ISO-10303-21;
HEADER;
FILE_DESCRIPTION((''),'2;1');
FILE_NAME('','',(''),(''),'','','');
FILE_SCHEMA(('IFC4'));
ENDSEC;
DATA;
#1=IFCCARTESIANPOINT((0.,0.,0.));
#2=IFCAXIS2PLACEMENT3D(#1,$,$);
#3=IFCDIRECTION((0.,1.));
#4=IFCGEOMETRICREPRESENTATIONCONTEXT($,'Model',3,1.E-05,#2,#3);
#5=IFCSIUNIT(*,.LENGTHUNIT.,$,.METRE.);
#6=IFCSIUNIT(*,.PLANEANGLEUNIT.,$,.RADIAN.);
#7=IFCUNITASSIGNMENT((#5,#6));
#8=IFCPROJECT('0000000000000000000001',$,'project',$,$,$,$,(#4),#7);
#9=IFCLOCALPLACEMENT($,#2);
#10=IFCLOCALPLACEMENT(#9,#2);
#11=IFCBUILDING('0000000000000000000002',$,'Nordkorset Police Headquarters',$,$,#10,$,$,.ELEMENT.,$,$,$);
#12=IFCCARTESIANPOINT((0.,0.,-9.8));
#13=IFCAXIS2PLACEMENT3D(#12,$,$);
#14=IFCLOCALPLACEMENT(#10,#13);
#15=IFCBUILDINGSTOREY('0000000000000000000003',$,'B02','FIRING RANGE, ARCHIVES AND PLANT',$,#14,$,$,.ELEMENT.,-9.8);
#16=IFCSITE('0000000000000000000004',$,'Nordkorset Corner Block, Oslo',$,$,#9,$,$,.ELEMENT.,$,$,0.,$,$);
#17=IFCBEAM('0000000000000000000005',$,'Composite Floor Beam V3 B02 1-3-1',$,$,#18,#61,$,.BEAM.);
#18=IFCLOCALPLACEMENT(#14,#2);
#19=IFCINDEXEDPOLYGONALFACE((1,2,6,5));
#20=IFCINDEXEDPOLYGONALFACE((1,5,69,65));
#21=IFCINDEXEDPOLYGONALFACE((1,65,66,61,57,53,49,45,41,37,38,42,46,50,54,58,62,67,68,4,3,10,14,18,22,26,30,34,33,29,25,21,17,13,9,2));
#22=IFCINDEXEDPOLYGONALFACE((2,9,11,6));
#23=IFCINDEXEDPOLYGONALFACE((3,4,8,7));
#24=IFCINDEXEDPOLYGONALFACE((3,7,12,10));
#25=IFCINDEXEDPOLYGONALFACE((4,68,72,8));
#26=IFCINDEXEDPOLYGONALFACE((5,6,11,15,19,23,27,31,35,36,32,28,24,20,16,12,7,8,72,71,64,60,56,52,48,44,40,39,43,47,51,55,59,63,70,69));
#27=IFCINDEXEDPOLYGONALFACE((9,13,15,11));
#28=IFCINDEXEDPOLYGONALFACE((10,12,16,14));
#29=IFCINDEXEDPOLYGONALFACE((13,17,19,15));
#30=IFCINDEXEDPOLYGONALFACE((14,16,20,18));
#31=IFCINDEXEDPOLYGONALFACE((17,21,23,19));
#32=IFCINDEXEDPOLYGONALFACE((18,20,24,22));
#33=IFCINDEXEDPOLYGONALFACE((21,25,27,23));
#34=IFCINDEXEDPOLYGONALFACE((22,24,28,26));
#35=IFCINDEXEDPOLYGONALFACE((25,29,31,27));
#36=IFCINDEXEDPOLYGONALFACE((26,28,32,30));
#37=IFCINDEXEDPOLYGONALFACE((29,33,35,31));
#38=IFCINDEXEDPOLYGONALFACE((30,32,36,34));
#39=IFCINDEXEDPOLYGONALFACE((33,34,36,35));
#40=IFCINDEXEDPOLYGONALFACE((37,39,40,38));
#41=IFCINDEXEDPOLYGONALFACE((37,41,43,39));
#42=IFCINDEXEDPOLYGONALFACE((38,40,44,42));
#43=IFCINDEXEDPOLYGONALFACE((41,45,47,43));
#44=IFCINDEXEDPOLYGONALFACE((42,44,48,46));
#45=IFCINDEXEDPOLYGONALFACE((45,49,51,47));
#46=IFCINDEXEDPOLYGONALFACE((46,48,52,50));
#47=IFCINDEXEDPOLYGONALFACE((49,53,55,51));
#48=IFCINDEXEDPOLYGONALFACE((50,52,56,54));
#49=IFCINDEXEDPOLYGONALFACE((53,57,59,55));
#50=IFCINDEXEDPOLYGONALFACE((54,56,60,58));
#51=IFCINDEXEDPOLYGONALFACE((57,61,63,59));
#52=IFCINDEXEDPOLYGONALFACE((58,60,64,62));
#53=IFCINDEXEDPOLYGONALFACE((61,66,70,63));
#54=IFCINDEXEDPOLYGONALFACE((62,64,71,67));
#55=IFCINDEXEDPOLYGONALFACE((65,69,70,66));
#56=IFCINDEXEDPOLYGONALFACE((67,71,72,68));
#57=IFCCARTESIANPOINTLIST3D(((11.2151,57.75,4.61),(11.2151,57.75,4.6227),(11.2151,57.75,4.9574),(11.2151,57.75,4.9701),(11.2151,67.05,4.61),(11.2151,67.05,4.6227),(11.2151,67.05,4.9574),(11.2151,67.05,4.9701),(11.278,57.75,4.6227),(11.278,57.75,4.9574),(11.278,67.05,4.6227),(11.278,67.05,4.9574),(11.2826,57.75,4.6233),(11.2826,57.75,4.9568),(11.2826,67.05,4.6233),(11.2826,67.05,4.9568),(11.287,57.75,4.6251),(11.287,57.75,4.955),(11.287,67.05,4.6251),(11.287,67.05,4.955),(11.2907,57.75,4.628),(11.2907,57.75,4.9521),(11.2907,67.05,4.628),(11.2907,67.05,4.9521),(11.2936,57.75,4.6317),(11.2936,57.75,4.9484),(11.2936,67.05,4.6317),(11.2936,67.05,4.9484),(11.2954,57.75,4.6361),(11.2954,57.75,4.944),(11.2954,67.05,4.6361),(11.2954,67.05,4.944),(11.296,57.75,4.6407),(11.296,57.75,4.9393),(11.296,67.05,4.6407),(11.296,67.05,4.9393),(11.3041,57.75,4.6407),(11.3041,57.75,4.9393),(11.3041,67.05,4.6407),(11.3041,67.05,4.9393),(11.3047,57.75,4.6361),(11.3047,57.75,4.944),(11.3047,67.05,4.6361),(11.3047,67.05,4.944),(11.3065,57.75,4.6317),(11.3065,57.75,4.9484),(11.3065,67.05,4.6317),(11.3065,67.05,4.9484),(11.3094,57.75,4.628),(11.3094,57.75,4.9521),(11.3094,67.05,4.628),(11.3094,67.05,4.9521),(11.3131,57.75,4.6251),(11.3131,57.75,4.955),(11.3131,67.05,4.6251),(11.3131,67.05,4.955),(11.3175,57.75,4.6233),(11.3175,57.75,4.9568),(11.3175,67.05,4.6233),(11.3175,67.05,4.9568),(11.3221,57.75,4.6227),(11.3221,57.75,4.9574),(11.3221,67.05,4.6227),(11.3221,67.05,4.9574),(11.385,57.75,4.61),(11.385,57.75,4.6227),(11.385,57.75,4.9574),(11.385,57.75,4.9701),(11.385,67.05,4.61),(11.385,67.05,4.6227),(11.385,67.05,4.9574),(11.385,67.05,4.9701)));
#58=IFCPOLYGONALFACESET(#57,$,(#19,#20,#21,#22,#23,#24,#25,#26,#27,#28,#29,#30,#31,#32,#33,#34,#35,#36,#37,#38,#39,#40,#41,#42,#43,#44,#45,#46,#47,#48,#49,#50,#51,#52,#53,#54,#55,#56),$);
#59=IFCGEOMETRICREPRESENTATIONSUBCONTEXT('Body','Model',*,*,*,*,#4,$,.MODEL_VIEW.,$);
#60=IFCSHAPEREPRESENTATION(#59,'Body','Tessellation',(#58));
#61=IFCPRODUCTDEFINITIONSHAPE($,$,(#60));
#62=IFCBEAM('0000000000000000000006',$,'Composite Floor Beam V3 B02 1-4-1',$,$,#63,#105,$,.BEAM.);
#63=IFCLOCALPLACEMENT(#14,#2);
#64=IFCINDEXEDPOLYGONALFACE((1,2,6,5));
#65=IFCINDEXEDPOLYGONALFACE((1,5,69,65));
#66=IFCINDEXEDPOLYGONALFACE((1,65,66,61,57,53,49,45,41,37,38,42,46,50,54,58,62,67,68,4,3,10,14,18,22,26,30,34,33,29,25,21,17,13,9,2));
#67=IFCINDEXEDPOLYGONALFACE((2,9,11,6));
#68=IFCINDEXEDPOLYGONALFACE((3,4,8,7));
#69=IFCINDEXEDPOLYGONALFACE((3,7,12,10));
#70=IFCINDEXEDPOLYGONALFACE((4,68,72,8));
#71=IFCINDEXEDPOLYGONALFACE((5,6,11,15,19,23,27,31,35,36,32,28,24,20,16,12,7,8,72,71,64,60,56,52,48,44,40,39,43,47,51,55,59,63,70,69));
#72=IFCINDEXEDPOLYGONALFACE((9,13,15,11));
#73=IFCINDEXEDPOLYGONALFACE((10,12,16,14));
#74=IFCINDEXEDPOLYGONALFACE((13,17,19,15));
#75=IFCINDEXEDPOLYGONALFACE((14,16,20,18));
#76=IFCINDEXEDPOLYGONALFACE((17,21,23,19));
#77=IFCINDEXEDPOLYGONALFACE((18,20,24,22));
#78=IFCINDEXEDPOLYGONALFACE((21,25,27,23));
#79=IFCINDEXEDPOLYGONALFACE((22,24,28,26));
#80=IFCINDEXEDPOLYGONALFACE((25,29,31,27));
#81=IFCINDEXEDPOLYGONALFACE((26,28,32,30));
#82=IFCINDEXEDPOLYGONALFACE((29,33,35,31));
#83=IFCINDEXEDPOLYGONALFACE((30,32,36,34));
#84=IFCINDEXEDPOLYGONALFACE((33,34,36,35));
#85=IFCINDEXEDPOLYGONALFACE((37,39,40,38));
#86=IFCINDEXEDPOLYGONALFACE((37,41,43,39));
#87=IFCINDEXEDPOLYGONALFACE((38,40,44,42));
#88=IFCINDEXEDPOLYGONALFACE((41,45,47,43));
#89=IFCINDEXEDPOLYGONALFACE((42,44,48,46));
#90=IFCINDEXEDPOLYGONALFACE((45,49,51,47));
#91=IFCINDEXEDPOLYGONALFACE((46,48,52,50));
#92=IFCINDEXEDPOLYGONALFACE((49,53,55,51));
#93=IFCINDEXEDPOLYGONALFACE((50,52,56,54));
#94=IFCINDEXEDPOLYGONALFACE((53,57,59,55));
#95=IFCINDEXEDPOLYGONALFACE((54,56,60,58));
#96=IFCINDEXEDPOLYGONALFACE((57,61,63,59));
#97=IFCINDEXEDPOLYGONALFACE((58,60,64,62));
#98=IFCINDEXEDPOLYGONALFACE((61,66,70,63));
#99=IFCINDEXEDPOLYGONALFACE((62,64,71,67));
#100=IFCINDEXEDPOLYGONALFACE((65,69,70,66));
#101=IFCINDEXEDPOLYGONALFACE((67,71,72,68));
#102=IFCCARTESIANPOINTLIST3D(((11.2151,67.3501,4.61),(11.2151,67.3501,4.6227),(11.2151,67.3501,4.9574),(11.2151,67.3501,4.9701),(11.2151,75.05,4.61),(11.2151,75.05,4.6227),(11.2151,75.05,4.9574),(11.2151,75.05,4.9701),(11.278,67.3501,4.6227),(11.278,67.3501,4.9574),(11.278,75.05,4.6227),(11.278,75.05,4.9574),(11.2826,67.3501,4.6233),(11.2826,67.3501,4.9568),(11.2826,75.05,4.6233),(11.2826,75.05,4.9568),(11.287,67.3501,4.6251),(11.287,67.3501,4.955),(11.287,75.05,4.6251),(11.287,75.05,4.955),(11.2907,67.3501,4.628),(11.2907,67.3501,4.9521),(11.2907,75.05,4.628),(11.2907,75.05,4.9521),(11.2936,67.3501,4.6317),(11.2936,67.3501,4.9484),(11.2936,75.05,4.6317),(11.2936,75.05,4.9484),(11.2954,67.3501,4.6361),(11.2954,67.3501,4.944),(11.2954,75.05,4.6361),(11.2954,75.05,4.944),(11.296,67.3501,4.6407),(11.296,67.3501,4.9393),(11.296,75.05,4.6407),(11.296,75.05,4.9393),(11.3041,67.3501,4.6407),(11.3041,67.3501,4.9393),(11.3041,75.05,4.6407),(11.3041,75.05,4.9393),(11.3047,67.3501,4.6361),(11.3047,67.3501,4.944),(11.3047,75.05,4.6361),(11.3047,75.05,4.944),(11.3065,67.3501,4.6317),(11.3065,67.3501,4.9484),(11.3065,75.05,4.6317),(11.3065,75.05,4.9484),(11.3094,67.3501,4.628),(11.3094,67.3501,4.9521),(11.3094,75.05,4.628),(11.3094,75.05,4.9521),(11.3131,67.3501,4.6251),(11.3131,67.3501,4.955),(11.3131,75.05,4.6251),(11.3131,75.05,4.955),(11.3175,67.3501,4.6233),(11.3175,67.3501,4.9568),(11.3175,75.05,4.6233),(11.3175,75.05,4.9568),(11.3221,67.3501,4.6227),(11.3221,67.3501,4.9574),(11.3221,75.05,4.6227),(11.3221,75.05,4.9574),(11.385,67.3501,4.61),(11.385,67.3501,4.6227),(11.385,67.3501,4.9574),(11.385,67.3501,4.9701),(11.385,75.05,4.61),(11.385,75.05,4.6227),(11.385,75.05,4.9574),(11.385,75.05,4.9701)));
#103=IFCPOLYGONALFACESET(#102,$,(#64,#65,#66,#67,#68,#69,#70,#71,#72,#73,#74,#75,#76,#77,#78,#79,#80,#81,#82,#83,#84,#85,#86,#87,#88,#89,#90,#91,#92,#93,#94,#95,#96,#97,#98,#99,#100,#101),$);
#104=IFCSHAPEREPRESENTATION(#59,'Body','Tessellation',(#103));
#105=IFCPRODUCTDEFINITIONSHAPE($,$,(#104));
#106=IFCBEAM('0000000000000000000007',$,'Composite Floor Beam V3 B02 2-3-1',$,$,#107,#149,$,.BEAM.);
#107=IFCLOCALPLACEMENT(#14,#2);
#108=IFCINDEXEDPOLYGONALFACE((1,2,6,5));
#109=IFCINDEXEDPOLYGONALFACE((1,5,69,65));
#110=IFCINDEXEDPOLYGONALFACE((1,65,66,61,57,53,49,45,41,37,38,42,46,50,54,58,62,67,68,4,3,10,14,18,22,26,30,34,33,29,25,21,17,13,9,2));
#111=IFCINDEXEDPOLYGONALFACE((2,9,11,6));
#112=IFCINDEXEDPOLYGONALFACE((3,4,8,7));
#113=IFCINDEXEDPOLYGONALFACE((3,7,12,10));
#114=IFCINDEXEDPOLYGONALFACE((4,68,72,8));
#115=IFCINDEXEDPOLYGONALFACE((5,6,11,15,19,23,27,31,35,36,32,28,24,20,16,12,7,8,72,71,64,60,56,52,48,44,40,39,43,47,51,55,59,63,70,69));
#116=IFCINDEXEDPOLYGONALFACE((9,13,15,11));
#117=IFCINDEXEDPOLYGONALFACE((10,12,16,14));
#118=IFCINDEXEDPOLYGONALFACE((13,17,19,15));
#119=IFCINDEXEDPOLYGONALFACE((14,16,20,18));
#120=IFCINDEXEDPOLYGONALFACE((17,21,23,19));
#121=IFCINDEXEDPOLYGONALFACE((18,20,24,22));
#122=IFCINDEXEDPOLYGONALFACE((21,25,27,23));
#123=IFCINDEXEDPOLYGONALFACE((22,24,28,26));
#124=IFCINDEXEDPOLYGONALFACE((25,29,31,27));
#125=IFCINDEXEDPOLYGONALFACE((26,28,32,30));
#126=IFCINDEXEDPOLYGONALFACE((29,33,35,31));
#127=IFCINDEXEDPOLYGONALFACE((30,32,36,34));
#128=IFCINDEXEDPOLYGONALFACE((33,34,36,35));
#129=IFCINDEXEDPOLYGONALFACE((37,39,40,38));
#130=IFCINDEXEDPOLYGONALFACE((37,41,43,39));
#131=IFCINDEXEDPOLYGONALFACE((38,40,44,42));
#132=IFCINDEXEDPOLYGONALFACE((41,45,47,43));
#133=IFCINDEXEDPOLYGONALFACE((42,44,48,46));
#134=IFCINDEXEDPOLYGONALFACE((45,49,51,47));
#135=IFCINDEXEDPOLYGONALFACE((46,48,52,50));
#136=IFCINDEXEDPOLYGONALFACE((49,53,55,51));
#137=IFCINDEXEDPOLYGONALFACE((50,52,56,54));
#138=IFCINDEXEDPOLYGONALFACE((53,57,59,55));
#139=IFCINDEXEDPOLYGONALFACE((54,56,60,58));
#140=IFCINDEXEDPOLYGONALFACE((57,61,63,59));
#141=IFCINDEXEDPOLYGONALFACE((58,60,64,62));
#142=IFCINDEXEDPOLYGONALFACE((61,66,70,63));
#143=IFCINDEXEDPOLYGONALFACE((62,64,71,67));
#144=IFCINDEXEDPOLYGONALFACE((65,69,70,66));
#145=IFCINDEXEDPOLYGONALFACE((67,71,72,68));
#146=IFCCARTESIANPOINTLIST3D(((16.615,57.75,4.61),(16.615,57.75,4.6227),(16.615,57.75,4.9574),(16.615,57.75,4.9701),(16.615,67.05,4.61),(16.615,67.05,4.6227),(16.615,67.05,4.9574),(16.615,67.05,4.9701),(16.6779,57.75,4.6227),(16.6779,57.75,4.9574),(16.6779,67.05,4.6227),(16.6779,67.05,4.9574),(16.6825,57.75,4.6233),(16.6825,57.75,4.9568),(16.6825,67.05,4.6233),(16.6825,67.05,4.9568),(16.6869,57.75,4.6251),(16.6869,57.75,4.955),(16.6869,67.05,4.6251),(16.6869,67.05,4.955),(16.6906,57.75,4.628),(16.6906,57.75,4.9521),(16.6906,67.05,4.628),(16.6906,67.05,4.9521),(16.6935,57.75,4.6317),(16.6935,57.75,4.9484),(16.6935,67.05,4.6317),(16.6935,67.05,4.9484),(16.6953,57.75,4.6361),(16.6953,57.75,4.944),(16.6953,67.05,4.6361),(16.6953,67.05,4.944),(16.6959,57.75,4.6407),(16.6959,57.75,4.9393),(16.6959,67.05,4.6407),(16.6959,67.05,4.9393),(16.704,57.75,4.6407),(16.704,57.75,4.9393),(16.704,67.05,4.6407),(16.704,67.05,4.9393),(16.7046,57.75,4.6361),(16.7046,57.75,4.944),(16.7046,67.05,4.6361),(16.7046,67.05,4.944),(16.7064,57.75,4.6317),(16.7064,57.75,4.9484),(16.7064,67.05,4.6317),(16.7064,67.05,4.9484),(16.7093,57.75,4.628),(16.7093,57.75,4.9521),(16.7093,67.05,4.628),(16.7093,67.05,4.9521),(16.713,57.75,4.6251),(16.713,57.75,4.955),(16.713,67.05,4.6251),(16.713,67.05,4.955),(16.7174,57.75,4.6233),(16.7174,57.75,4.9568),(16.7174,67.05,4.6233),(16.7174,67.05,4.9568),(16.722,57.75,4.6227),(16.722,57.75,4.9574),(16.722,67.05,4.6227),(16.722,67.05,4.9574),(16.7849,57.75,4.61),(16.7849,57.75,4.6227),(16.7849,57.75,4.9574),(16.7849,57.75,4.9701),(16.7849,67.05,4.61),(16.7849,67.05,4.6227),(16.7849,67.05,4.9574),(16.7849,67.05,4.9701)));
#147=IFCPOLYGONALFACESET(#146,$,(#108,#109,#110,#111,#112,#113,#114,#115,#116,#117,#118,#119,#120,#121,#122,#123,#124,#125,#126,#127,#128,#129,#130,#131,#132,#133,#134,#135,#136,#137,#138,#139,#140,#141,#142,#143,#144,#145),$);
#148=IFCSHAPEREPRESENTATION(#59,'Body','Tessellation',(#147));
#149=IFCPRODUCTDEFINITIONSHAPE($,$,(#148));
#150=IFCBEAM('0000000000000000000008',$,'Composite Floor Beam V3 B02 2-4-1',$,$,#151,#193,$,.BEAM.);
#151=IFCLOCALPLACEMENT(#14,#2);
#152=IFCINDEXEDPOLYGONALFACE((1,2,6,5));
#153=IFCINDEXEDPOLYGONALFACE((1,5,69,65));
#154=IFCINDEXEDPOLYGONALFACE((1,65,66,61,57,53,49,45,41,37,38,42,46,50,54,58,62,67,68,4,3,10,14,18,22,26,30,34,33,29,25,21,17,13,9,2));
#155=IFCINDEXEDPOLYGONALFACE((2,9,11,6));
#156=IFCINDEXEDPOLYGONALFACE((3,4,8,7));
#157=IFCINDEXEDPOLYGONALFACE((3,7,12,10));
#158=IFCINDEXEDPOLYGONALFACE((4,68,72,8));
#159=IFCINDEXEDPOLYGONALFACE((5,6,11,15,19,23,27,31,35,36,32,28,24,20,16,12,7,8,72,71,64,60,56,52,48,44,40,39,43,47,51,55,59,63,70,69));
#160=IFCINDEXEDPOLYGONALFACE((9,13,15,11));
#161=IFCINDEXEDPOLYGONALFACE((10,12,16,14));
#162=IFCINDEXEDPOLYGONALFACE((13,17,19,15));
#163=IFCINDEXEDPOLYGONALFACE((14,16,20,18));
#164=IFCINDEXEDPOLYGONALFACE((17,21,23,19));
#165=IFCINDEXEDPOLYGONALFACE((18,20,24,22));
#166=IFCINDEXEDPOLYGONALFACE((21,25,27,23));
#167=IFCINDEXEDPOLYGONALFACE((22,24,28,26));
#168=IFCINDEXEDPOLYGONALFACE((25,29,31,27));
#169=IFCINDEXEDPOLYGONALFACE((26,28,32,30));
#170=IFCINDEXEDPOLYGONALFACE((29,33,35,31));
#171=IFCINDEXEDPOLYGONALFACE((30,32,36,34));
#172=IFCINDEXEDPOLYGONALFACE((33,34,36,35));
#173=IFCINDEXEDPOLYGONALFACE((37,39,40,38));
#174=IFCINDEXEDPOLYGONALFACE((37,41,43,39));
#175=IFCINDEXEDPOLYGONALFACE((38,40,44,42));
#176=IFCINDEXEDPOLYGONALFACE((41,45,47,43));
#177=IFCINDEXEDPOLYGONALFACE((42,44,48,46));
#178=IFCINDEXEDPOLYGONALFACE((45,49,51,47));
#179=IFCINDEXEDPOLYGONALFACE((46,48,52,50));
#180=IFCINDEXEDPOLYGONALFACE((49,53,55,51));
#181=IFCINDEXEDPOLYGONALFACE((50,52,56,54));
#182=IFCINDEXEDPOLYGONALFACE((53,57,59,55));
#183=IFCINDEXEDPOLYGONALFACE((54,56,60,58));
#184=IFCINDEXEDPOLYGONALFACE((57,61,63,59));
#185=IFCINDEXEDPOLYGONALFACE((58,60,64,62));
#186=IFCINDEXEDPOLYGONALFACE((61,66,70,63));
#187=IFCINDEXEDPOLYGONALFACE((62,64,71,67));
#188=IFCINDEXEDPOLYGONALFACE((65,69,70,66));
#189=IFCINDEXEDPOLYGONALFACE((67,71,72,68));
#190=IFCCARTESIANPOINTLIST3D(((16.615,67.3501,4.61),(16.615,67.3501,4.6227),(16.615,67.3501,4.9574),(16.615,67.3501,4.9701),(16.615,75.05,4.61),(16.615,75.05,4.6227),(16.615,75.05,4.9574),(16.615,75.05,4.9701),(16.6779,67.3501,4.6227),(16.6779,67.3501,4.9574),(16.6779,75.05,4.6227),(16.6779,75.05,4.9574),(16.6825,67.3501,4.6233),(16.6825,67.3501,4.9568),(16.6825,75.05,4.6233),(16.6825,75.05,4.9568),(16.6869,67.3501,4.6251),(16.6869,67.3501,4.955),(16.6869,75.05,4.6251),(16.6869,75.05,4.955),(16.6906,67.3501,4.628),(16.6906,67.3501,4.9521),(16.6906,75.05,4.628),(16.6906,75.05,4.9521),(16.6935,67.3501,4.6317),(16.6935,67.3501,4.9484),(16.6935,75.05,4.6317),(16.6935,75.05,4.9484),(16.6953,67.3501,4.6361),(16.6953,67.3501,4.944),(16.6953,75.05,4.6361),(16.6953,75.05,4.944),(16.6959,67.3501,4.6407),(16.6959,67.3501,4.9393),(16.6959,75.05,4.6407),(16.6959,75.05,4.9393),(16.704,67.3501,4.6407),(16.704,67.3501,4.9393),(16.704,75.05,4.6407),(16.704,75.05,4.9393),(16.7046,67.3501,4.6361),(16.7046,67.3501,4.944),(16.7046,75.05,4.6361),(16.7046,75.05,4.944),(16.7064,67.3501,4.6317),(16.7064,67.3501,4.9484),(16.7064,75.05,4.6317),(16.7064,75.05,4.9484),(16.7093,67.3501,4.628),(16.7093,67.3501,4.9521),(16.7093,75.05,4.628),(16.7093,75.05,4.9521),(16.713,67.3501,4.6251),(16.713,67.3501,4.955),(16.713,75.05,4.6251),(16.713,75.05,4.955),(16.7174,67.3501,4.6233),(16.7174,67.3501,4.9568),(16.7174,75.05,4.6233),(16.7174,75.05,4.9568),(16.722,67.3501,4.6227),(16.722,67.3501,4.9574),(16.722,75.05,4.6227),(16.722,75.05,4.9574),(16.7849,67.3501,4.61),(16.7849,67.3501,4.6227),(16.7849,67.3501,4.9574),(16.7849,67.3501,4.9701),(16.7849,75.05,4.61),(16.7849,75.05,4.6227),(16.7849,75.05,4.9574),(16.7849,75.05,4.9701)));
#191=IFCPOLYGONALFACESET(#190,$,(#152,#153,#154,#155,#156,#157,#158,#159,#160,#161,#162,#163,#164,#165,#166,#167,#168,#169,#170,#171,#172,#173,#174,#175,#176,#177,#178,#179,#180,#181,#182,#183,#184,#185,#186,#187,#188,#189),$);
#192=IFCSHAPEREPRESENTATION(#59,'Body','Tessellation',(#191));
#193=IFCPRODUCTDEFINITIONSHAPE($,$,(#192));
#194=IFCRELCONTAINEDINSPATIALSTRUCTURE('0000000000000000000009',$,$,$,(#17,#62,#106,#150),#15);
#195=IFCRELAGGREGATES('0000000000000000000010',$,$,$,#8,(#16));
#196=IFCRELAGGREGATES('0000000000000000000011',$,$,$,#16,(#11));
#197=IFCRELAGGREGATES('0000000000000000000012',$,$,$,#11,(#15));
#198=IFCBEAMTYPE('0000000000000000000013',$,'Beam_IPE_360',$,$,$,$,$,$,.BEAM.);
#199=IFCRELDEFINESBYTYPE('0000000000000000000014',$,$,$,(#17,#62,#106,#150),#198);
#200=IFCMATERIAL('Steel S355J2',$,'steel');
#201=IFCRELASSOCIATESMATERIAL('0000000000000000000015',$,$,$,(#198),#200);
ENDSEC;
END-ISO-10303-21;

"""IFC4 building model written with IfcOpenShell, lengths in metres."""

from ifc_helpers import new_model, si_unit, direction, frame, origin, origin_2d, place, context, subcontext, project, spatial, i_section, extrude, material, material_profile, profile_set, type_object, element, save


model = new_model("IFC4")

# Units and contexts
model_context = context("Model", 3, precision=1e-05, world=origin(), true_north=direction((0.0, 1.0)))
body_context = subcontext(model_context, "Body", "Model", "MODEL_VIEW")
ifc_project = project(units=[si_unit("LENGTHUNIT", "METRE"), si_unit("PLANEANGLEUNIT", "RADIAN")], contexts=[model_context])

# Site, building, storey
site_placement = place(None, origin())
site = spatial("IfcSite", under=ifc_project, at=site_placement, Name="Nordkorset Corner Block, Oslo", CompositionType="ELEMENT", RefElevation=0.0)
building_placement = place(site_placement, origin())
building = spatial("IfcBuilding", under=site, at=building_placement, Name="Nordkorset Police Headquarters", CompositionType="ELEMENT")
storey_placement = place(building_placement, frame((0.0, 0.0, -9.8)))
storey = spatial("IfcBuildingStorey", under=building, at=storey_placement, Name="B02", Description="FIRING RANGE, ARCHIVES AND PLANT", CompositionType="ELEMENT", Elevation=-9.8)

# Beams
ifc_material_1 = material(Name="Steel S355J2", Category="steel")
ifc_material_profile_1 = material_profile(ifc_material_1, i_section(OverallWidth=0.1699, OverallDepth=0.3601, WebThickness=0.0081, FlangeThickness=0.0127, FilletRadius=0.0181, at=origin_2d()), Name="IPE 360")
ifc_profile_set_1 = profile_set([ifc_material_profile_1], Name="Steel S355J2")
beam_type_1 = type_object("IfcBeamType", Name="Beam_IPE_360", PredefinedType="BEAM", material=ifc_profile_set_1)
beam_1_placement = place(storey_placement, frame((11.3, 57.75, 4.79), z_axis=(0.0, 1.0, 0.0), x_axis=(-1.0, 0.0, 0.0)))
element("IfcBeam", 1, at=beam_1_placement, inside=storey, type_object=beam_type_1, Name="Composite Floor Beam V3 B02 1-3-1", PredefinedType="BEAM", context=body_context, shape_type="SweptSolid", body=[
    extrude(i_section(OverallWidth=0.1699, OverallDepth=0.3601, WebThickness=0.0081, FlangeThickness=0.0127, FilletRadius=0.0181, at=origin_2d()), origin(), (0.0, 0.0, 1.0), 9.3),
])
beam_2_placement = place(storey_placement, frame((11.3, 67.3501, 4.79), z_axis=(0.0, 1.0, 0.0), x_axis=(-1.0, 0.0, 0.0)))
element("IfcBeam", 2, at=beam_2_placement, inside=storey, type_object=beam_type_1, Name="Composite Floor Beam V3 B02 1-4-1", PredefinedType="BEAM", context=body_context, shape_type="SweptSolid", body=[
    extrude(i_section(OverallWidth=0.1699, OverallDepth=0.3601, WebThickness=0.0081, FlangeThickness=0.0127, FilletRadius=0.0181, at=origin_2d()), origin(), (0.0, 0.0, 1.0), 7.7),
])
beam_3_placement = place(storey_placement, frame((16.7, 57.75, 4.79), z_axis=(0.0, 1.0, 0.0), x_axis=(-1.0, 0.0, 0.0)))
element("IfcBeam", 3, at=beam_3_placement, inside=storey, type_object=beam_type_1, Name="Composite Floor Beam V3 B02 2-3-1", PredefinedType="BEAM", context=body_context, shape_type="SweptSolid", body=[
    extrude(i_section(OverallWidth=0.1699, OverallDepth=0.3601, WebThickness=0.0081, FlangeThickness=0.0127, FilletRadius=0.0181, at=origin_2d()), origin(), (0.0, 0.0, 1.0), 9.3),
])
beam_4_placement = place(storey_placement, frame((16.7, 67.3501, 4.79), z_axis=(0.0, 1.0, 0.0), x_axis=(-1.0, 0.0, 0.0)))
element("IfcBeam", 4, at=beam_4_placement, inside=storey, type_object=beam_type_1, Name="Composite Floor Beam V3 B02 2-4-1", PredefinedType="BEAM", context=body_context, shape_type="SweptSolid", body=[
    extrude(i_section(OverallWidth=0.1699, OverallDepth=0.3601, WebThickness=0.0081, FlangeThickness=0.0127, FilletRadius=0.0181, at=origin_2d()), origin(), (0.0, 0.0, 1.0), 7.7),
])

save(model, "model.ifc")
